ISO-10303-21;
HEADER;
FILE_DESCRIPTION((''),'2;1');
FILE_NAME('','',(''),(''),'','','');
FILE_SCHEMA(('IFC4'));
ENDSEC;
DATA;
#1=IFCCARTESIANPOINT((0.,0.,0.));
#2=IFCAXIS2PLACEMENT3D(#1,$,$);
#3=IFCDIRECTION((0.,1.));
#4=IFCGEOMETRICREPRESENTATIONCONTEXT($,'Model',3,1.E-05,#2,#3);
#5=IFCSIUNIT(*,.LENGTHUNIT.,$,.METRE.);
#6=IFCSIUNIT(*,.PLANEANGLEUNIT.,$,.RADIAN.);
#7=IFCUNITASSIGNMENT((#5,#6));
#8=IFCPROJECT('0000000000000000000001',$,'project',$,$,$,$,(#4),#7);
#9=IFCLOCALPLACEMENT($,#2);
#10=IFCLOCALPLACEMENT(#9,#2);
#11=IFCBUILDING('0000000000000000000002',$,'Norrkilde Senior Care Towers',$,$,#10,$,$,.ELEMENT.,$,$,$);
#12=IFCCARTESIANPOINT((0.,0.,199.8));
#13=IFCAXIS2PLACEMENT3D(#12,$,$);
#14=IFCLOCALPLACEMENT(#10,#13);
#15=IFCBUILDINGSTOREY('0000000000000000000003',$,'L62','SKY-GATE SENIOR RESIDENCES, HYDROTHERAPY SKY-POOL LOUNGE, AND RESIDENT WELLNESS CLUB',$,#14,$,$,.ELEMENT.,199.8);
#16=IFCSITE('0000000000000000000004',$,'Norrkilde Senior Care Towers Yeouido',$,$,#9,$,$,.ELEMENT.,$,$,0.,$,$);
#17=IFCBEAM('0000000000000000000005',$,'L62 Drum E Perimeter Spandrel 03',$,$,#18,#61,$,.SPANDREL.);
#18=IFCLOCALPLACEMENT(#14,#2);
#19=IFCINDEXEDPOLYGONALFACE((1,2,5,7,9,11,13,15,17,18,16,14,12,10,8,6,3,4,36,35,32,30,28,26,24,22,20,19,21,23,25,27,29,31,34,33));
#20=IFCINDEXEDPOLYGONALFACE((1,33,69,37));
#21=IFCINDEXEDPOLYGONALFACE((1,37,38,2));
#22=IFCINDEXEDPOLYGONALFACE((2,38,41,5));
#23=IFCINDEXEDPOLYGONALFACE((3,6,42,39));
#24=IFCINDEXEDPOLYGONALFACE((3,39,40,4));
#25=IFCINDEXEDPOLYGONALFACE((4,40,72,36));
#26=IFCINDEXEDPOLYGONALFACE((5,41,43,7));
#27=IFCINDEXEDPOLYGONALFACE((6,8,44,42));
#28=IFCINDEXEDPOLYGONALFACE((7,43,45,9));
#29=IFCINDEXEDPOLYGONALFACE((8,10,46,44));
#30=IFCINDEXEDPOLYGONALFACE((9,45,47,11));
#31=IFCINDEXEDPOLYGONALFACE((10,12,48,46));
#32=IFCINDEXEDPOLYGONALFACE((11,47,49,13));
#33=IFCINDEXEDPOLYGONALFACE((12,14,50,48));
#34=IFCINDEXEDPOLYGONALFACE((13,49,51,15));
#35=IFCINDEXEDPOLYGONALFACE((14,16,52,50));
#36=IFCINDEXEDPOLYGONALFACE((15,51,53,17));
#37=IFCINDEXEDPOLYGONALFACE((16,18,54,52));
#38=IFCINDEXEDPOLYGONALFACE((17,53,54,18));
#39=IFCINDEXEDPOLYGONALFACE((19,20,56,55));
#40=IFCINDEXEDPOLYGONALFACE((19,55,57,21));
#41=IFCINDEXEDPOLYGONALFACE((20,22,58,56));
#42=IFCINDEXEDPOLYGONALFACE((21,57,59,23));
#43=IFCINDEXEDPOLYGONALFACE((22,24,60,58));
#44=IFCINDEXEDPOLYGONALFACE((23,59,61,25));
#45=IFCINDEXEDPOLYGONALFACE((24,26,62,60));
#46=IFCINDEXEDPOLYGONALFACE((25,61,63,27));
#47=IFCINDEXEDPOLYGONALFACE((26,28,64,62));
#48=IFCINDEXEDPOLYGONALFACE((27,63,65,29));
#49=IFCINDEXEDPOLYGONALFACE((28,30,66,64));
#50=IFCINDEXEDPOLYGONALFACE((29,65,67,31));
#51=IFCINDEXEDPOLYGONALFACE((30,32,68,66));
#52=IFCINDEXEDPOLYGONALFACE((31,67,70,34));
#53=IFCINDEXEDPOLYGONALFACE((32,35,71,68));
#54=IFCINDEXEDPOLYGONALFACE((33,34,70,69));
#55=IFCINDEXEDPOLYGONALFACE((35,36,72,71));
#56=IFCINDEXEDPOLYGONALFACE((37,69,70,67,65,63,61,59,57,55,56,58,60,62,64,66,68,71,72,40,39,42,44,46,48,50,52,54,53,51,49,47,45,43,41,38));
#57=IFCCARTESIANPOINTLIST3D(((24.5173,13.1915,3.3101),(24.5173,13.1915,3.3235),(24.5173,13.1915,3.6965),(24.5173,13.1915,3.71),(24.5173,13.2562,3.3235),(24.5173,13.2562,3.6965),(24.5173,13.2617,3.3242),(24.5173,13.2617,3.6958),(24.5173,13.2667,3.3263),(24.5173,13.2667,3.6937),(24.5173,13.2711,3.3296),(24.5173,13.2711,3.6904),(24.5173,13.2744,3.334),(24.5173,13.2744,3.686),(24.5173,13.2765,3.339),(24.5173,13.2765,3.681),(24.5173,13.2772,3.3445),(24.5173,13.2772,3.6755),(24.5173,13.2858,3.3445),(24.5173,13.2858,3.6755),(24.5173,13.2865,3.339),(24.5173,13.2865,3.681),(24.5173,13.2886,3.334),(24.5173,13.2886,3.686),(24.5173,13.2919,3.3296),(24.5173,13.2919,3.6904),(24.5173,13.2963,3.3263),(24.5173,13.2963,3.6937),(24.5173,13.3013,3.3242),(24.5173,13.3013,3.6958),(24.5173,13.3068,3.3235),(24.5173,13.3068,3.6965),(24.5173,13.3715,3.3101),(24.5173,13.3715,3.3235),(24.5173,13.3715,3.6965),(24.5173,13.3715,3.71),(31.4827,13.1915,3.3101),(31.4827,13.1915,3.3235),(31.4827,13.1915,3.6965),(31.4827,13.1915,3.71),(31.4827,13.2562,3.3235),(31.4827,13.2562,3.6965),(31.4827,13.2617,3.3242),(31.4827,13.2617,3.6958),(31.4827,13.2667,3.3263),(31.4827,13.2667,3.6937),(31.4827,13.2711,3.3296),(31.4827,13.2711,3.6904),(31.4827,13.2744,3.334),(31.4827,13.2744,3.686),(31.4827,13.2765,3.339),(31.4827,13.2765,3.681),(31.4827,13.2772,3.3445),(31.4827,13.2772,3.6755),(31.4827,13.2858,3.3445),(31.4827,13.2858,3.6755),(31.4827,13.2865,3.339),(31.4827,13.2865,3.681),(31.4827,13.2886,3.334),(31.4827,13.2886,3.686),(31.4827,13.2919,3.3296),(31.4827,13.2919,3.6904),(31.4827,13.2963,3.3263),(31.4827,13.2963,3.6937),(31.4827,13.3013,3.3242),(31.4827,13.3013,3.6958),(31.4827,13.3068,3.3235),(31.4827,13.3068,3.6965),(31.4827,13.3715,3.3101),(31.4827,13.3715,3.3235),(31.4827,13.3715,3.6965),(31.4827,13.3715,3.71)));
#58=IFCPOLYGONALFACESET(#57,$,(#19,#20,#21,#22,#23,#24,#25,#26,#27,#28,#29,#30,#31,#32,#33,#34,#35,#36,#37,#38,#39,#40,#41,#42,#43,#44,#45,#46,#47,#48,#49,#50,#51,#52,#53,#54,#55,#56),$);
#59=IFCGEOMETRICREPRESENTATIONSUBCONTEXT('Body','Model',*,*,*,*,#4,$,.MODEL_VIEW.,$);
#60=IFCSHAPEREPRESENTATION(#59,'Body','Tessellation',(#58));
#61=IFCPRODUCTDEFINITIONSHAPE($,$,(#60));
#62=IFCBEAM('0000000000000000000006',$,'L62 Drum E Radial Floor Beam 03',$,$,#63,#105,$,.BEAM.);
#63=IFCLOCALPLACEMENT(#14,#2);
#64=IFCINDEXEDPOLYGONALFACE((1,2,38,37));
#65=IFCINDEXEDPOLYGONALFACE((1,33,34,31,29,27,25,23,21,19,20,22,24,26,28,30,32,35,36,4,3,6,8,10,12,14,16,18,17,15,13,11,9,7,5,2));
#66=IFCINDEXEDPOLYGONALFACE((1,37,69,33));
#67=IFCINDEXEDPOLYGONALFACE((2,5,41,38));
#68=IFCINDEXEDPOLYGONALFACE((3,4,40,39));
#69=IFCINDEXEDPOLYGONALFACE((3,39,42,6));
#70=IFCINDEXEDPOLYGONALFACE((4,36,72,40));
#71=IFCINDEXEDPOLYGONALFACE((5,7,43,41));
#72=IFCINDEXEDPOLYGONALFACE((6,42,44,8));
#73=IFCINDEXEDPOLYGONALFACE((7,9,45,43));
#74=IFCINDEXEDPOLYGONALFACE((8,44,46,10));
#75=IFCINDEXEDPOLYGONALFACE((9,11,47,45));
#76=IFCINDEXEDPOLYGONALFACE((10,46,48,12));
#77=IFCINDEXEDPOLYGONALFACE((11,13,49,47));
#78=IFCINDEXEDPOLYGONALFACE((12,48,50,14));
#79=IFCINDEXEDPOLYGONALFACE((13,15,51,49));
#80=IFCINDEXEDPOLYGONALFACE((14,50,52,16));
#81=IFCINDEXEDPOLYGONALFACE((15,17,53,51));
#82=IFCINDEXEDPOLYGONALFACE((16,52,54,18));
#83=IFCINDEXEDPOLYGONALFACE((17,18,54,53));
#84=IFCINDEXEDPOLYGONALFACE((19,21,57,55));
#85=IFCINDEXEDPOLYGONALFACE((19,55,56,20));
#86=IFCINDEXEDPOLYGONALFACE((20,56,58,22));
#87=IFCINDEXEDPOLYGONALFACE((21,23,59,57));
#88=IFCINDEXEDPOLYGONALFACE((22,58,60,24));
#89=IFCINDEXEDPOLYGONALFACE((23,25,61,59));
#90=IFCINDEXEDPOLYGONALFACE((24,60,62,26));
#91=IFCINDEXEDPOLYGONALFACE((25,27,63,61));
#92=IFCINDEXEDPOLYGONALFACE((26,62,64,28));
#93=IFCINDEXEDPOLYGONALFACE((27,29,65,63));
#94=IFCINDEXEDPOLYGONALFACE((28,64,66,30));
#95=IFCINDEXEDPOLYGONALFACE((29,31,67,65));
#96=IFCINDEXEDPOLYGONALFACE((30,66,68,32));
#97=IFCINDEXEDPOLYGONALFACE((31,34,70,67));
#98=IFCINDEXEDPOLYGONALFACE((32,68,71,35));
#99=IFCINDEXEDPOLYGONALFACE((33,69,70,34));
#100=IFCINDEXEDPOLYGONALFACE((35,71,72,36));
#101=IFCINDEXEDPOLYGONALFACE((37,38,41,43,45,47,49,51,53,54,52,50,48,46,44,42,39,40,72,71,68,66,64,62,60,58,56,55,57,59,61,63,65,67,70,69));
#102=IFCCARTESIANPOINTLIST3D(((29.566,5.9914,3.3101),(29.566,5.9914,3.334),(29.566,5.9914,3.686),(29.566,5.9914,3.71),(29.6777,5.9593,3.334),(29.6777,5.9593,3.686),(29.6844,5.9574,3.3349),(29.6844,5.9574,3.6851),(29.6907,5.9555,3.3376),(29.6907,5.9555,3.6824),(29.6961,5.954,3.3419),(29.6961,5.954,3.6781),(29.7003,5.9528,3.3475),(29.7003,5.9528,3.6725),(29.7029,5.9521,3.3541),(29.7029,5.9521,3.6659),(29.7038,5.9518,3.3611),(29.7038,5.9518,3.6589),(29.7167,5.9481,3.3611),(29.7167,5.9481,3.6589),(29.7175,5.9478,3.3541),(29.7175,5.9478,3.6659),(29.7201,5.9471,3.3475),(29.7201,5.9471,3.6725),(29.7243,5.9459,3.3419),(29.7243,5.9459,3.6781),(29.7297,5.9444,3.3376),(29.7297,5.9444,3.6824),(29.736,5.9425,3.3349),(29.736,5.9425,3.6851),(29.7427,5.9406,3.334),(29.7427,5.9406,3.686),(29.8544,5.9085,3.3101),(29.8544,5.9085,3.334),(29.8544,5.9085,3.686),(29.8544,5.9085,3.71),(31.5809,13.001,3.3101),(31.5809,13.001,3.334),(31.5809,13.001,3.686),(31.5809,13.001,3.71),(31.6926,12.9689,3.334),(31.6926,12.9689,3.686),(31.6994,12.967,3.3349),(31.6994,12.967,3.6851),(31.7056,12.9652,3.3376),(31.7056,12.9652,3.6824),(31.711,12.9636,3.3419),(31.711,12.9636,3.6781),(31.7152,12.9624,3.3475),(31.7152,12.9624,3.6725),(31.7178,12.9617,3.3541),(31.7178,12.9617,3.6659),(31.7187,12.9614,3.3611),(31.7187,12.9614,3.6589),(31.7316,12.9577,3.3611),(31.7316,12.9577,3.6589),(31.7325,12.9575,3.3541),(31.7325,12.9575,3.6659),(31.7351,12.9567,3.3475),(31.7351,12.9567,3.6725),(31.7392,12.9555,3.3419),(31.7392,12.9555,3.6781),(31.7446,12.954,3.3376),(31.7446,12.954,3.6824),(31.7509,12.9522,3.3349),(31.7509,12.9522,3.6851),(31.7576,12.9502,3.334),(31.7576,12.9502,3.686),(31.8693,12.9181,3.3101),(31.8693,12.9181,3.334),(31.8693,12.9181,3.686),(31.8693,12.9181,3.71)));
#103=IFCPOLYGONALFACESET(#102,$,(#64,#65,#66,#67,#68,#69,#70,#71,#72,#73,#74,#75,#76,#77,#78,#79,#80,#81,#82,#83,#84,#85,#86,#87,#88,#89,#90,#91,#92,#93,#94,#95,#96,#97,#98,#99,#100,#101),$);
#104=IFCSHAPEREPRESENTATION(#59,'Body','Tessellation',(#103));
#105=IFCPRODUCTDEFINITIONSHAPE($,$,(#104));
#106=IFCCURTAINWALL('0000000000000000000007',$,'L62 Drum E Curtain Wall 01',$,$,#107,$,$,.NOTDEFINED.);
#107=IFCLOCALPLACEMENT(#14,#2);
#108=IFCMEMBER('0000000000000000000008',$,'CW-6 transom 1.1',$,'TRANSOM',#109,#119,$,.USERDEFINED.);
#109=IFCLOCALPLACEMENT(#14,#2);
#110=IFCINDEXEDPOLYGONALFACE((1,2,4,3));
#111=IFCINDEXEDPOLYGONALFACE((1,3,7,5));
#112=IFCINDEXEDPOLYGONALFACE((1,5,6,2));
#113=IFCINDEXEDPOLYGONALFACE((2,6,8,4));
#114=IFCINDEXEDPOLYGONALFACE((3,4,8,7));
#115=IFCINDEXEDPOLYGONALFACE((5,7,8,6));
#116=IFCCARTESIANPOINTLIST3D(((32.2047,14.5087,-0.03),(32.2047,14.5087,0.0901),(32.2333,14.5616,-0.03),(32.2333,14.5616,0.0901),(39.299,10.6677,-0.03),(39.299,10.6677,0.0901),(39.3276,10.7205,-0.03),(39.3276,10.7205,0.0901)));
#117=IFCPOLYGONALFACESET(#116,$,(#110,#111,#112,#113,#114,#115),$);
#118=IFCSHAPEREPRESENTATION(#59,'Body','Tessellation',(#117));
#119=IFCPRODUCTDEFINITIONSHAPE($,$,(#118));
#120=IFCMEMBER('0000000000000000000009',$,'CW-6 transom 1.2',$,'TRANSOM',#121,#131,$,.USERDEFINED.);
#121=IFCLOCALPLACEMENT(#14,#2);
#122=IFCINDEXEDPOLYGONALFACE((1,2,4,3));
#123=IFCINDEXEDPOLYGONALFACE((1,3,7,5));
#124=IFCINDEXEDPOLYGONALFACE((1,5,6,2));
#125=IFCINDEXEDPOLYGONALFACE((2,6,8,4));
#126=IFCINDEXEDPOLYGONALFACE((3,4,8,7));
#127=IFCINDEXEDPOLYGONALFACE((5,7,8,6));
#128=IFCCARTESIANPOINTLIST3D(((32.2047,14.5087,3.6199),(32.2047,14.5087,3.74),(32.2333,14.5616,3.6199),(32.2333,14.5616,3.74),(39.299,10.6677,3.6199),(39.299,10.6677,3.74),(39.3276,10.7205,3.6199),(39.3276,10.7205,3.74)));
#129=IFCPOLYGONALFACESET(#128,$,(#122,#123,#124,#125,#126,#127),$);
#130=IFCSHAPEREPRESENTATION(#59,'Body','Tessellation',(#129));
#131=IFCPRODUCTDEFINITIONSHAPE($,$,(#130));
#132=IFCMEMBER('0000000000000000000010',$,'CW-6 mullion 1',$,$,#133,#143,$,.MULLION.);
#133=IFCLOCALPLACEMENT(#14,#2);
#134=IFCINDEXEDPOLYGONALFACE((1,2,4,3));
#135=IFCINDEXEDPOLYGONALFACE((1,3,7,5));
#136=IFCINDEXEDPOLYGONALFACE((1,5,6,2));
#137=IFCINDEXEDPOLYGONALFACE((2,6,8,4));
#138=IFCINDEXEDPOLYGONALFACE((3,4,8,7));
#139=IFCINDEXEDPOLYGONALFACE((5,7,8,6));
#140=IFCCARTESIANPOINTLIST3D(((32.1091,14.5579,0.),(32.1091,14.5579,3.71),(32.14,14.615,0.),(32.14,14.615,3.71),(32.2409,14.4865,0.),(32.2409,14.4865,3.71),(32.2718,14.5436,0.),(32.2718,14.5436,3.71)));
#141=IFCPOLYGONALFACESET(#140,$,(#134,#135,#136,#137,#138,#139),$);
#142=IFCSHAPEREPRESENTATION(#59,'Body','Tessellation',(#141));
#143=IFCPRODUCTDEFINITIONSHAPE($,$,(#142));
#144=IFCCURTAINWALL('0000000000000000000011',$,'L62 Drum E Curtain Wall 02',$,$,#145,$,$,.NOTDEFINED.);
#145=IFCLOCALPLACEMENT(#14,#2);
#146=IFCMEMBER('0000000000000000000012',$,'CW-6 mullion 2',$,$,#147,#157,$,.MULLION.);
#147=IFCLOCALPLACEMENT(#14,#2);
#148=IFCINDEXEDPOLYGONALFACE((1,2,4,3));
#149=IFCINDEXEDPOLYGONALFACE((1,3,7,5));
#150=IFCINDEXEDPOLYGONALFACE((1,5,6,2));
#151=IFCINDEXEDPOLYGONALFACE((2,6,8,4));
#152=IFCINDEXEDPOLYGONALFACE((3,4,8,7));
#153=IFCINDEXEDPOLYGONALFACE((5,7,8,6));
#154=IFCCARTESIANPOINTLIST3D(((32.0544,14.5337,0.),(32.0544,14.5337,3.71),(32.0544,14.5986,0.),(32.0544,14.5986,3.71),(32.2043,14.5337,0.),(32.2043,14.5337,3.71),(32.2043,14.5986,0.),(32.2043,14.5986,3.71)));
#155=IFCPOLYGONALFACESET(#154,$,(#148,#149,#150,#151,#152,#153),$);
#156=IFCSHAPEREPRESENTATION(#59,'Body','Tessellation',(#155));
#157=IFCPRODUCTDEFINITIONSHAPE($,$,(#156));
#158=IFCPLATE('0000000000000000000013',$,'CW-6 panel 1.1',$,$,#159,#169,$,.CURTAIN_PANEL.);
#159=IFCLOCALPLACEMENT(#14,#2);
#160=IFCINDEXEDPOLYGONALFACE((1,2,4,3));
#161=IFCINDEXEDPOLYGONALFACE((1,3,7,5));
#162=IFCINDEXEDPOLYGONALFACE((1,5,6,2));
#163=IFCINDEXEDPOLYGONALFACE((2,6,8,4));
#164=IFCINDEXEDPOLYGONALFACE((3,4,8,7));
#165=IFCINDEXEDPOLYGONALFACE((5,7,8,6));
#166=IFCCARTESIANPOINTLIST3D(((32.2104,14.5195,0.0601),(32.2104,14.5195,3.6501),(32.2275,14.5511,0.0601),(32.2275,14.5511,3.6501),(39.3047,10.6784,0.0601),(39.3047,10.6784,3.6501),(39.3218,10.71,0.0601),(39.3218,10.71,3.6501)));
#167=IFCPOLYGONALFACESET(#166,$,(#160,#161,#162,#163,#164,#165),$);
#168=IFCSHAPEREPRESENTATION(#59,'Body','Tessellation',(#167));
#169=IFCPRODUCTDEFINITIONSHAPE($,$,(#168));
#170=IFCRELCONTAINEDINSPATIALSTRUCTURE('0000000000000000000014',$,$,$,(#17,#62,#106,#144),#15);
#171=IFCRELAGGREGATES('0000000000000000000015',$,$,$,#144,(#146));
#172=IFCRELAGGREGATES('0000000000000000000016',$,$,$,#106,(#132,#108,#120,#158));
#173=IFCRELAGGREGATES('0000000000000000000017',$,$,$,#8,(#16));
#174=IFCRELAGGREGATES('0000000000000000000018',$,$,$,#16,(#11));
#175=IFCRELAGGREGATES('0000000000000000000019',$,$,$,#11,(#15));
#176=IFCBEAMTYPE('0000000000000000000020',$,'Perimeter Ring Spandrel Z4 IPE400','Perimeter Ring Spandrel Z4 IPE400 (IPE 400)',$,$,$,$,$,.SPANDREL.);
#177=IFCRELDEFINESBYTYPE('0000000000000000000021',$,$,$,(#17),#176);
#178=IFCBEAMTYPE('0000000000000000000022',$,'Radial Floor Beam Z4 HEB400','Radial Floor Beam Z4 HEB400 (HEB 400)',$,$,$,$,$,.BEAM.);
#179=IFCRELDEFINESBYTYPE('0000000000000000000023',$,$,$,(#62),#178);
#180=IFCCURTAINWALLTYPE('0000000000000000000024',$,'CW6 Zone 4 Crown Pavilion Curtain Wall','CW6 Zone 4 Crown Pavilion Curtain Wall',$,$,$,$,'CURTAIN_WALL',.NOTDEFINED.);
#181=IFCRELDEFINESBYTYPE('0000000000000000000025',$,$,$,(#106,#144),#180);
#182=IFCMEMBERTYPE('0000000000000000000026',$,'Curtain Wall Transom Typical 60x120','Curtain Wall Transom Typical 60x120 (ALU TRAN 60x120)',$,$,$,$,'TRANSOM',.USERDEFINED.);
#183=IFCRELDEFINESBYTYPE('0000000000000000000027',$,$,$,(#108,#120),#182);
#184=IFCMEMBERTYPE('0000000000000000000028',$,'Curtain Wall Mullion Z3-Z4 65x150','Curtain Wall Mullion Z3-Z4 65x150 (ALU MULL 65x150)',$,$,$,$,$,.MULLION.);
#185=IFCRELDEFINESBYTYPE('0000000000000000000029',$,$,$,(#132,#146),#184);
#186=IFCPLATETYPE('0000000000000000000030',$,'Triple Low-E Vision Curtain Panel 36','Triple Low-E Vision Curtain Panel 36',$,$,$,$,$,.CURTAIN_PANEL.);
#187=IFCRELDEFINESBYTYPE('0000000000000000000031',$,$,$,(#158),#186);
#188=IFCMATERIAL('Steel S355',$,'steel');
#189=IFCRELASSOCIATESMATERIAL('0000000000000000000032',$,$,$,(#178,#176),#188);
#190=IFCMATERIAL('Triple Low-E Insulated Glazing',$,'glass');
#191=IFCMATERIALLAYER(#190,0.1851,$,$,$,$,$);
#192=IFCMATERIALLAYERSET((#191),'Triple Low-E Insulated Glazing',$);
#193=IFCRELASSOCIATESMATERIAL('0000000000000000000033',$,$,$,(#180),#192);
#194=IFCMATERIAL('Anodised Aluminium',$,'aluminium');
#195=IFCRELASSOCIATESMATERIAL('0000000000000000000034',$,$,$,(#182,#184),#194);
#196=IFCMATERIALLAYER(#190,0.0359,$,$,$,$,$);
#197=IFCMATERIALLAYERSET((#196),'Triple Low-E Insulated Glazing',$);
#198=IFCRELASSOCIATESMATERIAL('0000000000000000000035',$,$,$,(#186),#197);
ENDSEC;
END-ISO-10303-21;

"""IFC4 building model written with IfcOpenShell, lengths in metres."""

from ifc_helpers import new_model, si_unit, direction, frame, origin, origin_2d, place, context, subcontext, project, spatial, rectangle, i_section, extrude, source, transform, mapped, material, layer, layer_set, material_profile, profile_set, type_object, type_shapes, element, aggregate, save


model = new_model("IFC4")

# Units and contexts
model_context = context("Model", 3, precision=1e-05, world=origin(), true_north=direction((0.0, 1.0)))
body_context = subcontext(model_context, "Body", "Model", "MODEL_VIEW")
ifc_project = project(units=[si_unit("LENGTHUNIT", "METRE"), si_unit("PLANEANGLEUNIT", "RADIAN")], contexts=[model_context])

# Site, building, storey
site_placement = place(None, origin())
site = spatial("IfcSite", under=ifc_project, at=site_placement, Name="Norrkilde Senior Care Towers Yeouido", CompositionType="ELEMENT", RefElevation=0.0)
building_placement = place(site_placement, origin())
building = spatial("IfcBuilding", under=site, at=building_placement, Name="Norrkilde Senior Care Towers", CompositionType="ELEMENT")
storey_placement = place(building_placement, frame((0.0, 0.0, 199.8)))
storey = spatial("IfcBuildingStorey", under=building, at=storey_placement, Name="L62", Description="SKY-GATE SENIOR RESIDENCES, HYDROTHERAPY SKY-POOL LOUNGE, AND RESIDENT WELLNESS CLUB", CompositionType="ELEMENT", Elevation=199.8)

# Beams
ifc_material_1 = material(Name="Steel S355", Category="steel")
ifc_material_profile_1 = material_profile(ifc_material_1, i_section(OverallWidth=0.3, OverallDepth=0.3999, WebThickness=0.0134, FlangeThickness=0.0239, FilletRadius=0.0271, at=origin_2d()), Name="HEB 400")
ifc_profile_set_1 = profile_set([ifc_material_profile_1], Name="Steel S355")
beam_type_1 = type_object("IfcBeamType", Name="Radial Floor Beam Z4 HEB400", Description="Radial Floor Beam Z4 HEB400 (HEB 400)", PredefinedType="BEAM", material=ifc_profile_set_1)
ifc_material_profile_2 = material_profile(ifc_material_1, i_section(OverallWidth=0.1799, OverallDepth=0.3999, WebThickness=0.0085, FlangeThickness=0.0134, FilletRadius=0.021, at=origin_2d()), Name="IPE 400")
ifc_profile_set_2 = profile_set([ifc_material_profile_2], Name="Steel S355")
beam_type_2 = type_object("IfcBeamType", Name="Perimeter Ring Spandrel Z4 IPE400", Description="Perimeter Ring Spandrel Z4 IPE400 (IPE 400)", PredefinedType="SPANDREL", material=ifc_profile_set_2)
shared_shape_1 = source(origin(), body_context, "Body", "SweptSolid", [
    extrude(i_section(OverallWidth=0.1799, OverallDepth=0.3999, WebThickness=0.0085, FlangeThickness=0.0134, FilletRadius=0.021, at=origin_2d()), origin(), (0.0, 0.0, 1.0), 6.9653),
])
type_shapes(beam_type_2, [shared_shape_1])
beam_1_placement = place(storey_placement, frame((31.4827, 13.2815, 3.51), z_axis=(-1.0, 0.0, 0.0), x_axis=(0.0, -1.0, 0.0)))
element("IfcBeam", 1, at=beam_1_placement, inside=storey, type_object=beam_type_2, Name="L62 Drum E Perimeter Spandrel 03", PredefinedType="SPANDREL", context=body_context, shape_type="MappedRepresentation", body=[
    mapped(shared_shape_1, transform((0.0, 0.0, 0.0), x_axis=(1.0, 0.0, 0.0), y_axis=(0.0, 1.0, 0.0), z_axis=(0.0, 0.0, 1.0), scale=1.0)),
])
shared_shape_2 = source(origin(), body_context, "Body", "SweptSolid", [
    extrude(i_section(OverallWidth=0.3, OverallDepth=0.3999, WebThickness=0.0134, FlangeThickness=0.0239, FilletRadius=0.0271, at=origin_2d()), origin(), (0.0, 0.0, 1.0), 7.2935),
])
beam_2_placement = place(storey_placement, frame((29.7102, 5.95, 3.51), z_axis=(0.276264, 0.961082, 0.0), x_axis=(-0.961082, 0.276264, 0.0)))
element("IfcBeam", 2, at=beam_2_placement, inside=storey, type_object=beam_type_1, Name="L62 Drum E Radial Floor Beam 03", PredefinedType="BEAM", context=body_context, shape_type="MappedRepresentation", body=[
    mapped(shared_shape_2, transform((0.0, 0.0, 0.0), x_axis=(1.0, 0.0, 0.0), y_axis=(0.0, 1.0, 0.0), z_axis=(0.0, 0.0, 1.0), scale=1.0)),
])

# Curtain wall, members
ifc_material_2 = material(Name="Triple Low-E Insulated Glazing", Category="glass")
ifc_layer_1 = layer(ifc_material_2, 0.1851)
ifc_layer_set_1 = layer_set([ifc_layer_1], Name="Triple Low-E Insulated Glazing")
curtain_wall_type = type_object("IfcCurtainWallType", Name="CW6 Zone 4 Crown Pavilion Curtain Wall", Description="CW6 Zone 4 Crown Pavilion Curtain Wall", ElementType="CURTAIN_WALL", PredefinedType="NOTDEFINED", material=ifc_layer_set_1)
curtain_wall_1_placement = place(storey_placement, origin())
curtain_wall_1 = element("IfcCurtainWall", 3, at=curtain_wall_1_placement, inside=storey, type_object=curtain_wall_type, Name="L62 Drum E Curtain Wall 01", PredefinedType="NOTDEFINED")
ifc_material_3 = material(Name="Anodised Aluminium", Category="aluminium")
ifc_material_profile_3 = material_profile(ifc_material_3, rectangle(XDim=0.0601, YDim=0.1201, at=origin_2d()), Name="ALU TRAN 60x120")
ifc_profile_set_3 = profile_set([ifc_material_profile_3], Name="Anodised Aluminium")
member_type_1 = type_object("IfcMemberType", Name="Curtain Wall Transom Typical 60x120", Description="Curtain Wall Transom Typical 60x120 (ALU TRAN 60x120)", ElementType="TRANSOM", PredefinedType="USERDEFINED", material=ifc_profile_set_3)
shared_shape_3 = source(origin(), body_context, "Body", "SweptSolid", [
    extrude(rectangle(XDim=0.0601, YDim=0.1201, at=origin_2d()), origin(), (0.0, 0.0, 1.0), 8.0674),
])
type_shapes(member_type_1, [shared_shape_3])
member_1_placement = place(storey_placement, frame((32.219, 14.5352, 0.03), z_axis=(0.879378, -0.476125, 0.0), x_axis=(0.476125, 0.879378, 0.0)))
member_1 = element("IfcMember", 4, at=member_1_placement, type_object=member_type_1, Name="CW-6 transom 1.1", ObjectType="TRANSOM", PredefinedType="USERDEFINED", context=body_context, shape_type="MappedRepresentation", body=[
    mapped(shared_shape_3, transform((0.0, 0.0, 0.0), x_axis=(1.0, 0.0, 0.0), y_axis=(0.0, 1.0, 0.0), z_axis=(0.0, 0.0, 1.0), scale=1.0)),
])
member_2_placement = place(storey_placement, frame((32.219, 14.5352, 3.6799), z_axis=(0.879378, -0.476125, 0.0), x_axis=(0.476125, 0.879378, 0.0)))
member_2 = element("IfcMember", 5, at=member_2_placement, type_object=member_type_1, Name="CW-6 transom 1.2", ObjectType="TRANSOM", PredefinedType="USERDEFINED", context=body_context, shape_type="MappedRepresentation", body=[
    mapped(shared_shape_3, transform((0.0, 0.0, 0.0), x_axis=(1.0, 0.0, 0.0), y_axis=(0.0, 1.0, 0.0), z_axis=(0.0, 0.0, 1.0), scale=1.0)),
])
ifc_material_profile_4 = material_profile(ifc_material_3, rectangle(XDim=0.0649, YDim=0.1499, at=origin_2d()), Name="ALU MULL 65x150")
ifc_profile_set_4 = profile_set([ifc_material_profile_4], Name="Anodised Aluminium")
member_type_2 = type_object("IfcMemberType", Name="Curtain Wall Mullion Z3-Z4 65x150", Description="Curtain Wall Mullion Z3-Z4 65x150 (ALU MULL 65x150)", PredefinedType="MULLION", material=ifc_profile_set_4)
shared_shape_4 = source(origin(), body_context, "Body", "SweptSolid", [
    extrude(rectangle(XDim=0.0649, YDim=0.1499, at=origin_2d()), origin(), (0.0, 0.0, 1.0), 3.71),
])
type_shapes(member_type_2, [shared_shape_4])
member_3_placement = place(storey_placement, frame((32.1904, 14.5508, 0.0), z_axis=(0.0, 0.0, 1.0), x_axis=(0.476133, 0.879373, 0.0)))
member_3 = element("IfcMember", 6, at=member_3_placement, type_object=member_type_2, Name="CW-6 mullion 1", PredefinedType="MULLION", context=body_context, shape_type="MappedRepresentation", body=[
    mapped(shared_shape_4, transform((0.0, 0.0, 0.0), x_axis=(1.0, 0.0, 0.0), y_axis=(0.0, 1.0, 0.0), z_axis=(0.0, 0.0, 1.0), scale=1.0)),
])

# Curtain wall, member
curtain_wall_2_placement = place(storey_placement, origin())
curtain_wall_2 = element("IfcCurtainWall", 7, at=curtain_wall_2_placement, inside=storey, type_object=curtain_wall_type, Name="L62 Drum E Curtain Wall 02", PredefinedType="NOTDEFINED")
member_4_placement = place(storey_placement, frame((32.1294, 14.5662, 0.0), z_axis=(0.0, 0.0, 1.0), x_axis=(0.0, 1.0, 0.0)))
member_4 = element("IfcMember", 8, at=member_4_placement, type_object=member_type_2, Name="CW-6 mullion 2", PredefinedType="MULLION", context=body_context, shape_type="MappedRepresentation", body=[
    mapped(shared_shape_4, transform((0.0, 0.0, 0.0), x_axis=(1.0, 0.0, 0.0), y_axis=(0.0, 1.0, 0.0), z_axis=(0.0, 0.0, 1.0), scale=1.0)),
])
aggregate(curtain_wall_2, [member_4])

# Plate
ifc_layer_2 = layer(ifc_material_2, 0.0359)
ifc_layer_set_2 = layer_set([ifc_layer_2], Name="Triple Low-E Insulated Glazing")
plate_type = type_object("IfcPlateType", Name="Triple Low-E Vision Curtain Panel 36", Description="Triple Low-E Vision Curtain Panel 36", PredefinedType="CURTAIN_PANEL", material=ifc_layer_set_2)
shared_shape_5 = source(origin(), body_context, "Body", "SweptSolid", [
    extrude(rectangle(XDim=8.0674, YDim=0.0359, at=origin_2d()), origin(), (0.0, 0.0, 1.0), 3.5901),
])
type_shapes(plate_type, [shared_shape_5])
plate_placement = place(storey_placement, frame((35.7661, 12.6147, 0.0601), z_axis=(0.0, 0.0, 1.0), x_axis=(0.879373, -0.476133, 0.0)))
plate = element("IfcPlate", 9, at=plate_placement, type_object=plate_type, Name="CW-6 panel 1.1", PredefinedType="CURTAIN_PANEL", context=body_context, shape_type="MappedRepresentation", body=[
    mapped(shared_shape_5, transform((0.0, 0.0, 0.0), x_axis=(1.0, 0.0, 0.0), y_axis=(0.0, 1.0, 0.0), z_axis=(0.0, 0.0, 1.0), scale=1.0)),
])
aggregate(curtain_wall_1, [member_3, member_1, member_2, plate])

save(model, "model.ifc")
